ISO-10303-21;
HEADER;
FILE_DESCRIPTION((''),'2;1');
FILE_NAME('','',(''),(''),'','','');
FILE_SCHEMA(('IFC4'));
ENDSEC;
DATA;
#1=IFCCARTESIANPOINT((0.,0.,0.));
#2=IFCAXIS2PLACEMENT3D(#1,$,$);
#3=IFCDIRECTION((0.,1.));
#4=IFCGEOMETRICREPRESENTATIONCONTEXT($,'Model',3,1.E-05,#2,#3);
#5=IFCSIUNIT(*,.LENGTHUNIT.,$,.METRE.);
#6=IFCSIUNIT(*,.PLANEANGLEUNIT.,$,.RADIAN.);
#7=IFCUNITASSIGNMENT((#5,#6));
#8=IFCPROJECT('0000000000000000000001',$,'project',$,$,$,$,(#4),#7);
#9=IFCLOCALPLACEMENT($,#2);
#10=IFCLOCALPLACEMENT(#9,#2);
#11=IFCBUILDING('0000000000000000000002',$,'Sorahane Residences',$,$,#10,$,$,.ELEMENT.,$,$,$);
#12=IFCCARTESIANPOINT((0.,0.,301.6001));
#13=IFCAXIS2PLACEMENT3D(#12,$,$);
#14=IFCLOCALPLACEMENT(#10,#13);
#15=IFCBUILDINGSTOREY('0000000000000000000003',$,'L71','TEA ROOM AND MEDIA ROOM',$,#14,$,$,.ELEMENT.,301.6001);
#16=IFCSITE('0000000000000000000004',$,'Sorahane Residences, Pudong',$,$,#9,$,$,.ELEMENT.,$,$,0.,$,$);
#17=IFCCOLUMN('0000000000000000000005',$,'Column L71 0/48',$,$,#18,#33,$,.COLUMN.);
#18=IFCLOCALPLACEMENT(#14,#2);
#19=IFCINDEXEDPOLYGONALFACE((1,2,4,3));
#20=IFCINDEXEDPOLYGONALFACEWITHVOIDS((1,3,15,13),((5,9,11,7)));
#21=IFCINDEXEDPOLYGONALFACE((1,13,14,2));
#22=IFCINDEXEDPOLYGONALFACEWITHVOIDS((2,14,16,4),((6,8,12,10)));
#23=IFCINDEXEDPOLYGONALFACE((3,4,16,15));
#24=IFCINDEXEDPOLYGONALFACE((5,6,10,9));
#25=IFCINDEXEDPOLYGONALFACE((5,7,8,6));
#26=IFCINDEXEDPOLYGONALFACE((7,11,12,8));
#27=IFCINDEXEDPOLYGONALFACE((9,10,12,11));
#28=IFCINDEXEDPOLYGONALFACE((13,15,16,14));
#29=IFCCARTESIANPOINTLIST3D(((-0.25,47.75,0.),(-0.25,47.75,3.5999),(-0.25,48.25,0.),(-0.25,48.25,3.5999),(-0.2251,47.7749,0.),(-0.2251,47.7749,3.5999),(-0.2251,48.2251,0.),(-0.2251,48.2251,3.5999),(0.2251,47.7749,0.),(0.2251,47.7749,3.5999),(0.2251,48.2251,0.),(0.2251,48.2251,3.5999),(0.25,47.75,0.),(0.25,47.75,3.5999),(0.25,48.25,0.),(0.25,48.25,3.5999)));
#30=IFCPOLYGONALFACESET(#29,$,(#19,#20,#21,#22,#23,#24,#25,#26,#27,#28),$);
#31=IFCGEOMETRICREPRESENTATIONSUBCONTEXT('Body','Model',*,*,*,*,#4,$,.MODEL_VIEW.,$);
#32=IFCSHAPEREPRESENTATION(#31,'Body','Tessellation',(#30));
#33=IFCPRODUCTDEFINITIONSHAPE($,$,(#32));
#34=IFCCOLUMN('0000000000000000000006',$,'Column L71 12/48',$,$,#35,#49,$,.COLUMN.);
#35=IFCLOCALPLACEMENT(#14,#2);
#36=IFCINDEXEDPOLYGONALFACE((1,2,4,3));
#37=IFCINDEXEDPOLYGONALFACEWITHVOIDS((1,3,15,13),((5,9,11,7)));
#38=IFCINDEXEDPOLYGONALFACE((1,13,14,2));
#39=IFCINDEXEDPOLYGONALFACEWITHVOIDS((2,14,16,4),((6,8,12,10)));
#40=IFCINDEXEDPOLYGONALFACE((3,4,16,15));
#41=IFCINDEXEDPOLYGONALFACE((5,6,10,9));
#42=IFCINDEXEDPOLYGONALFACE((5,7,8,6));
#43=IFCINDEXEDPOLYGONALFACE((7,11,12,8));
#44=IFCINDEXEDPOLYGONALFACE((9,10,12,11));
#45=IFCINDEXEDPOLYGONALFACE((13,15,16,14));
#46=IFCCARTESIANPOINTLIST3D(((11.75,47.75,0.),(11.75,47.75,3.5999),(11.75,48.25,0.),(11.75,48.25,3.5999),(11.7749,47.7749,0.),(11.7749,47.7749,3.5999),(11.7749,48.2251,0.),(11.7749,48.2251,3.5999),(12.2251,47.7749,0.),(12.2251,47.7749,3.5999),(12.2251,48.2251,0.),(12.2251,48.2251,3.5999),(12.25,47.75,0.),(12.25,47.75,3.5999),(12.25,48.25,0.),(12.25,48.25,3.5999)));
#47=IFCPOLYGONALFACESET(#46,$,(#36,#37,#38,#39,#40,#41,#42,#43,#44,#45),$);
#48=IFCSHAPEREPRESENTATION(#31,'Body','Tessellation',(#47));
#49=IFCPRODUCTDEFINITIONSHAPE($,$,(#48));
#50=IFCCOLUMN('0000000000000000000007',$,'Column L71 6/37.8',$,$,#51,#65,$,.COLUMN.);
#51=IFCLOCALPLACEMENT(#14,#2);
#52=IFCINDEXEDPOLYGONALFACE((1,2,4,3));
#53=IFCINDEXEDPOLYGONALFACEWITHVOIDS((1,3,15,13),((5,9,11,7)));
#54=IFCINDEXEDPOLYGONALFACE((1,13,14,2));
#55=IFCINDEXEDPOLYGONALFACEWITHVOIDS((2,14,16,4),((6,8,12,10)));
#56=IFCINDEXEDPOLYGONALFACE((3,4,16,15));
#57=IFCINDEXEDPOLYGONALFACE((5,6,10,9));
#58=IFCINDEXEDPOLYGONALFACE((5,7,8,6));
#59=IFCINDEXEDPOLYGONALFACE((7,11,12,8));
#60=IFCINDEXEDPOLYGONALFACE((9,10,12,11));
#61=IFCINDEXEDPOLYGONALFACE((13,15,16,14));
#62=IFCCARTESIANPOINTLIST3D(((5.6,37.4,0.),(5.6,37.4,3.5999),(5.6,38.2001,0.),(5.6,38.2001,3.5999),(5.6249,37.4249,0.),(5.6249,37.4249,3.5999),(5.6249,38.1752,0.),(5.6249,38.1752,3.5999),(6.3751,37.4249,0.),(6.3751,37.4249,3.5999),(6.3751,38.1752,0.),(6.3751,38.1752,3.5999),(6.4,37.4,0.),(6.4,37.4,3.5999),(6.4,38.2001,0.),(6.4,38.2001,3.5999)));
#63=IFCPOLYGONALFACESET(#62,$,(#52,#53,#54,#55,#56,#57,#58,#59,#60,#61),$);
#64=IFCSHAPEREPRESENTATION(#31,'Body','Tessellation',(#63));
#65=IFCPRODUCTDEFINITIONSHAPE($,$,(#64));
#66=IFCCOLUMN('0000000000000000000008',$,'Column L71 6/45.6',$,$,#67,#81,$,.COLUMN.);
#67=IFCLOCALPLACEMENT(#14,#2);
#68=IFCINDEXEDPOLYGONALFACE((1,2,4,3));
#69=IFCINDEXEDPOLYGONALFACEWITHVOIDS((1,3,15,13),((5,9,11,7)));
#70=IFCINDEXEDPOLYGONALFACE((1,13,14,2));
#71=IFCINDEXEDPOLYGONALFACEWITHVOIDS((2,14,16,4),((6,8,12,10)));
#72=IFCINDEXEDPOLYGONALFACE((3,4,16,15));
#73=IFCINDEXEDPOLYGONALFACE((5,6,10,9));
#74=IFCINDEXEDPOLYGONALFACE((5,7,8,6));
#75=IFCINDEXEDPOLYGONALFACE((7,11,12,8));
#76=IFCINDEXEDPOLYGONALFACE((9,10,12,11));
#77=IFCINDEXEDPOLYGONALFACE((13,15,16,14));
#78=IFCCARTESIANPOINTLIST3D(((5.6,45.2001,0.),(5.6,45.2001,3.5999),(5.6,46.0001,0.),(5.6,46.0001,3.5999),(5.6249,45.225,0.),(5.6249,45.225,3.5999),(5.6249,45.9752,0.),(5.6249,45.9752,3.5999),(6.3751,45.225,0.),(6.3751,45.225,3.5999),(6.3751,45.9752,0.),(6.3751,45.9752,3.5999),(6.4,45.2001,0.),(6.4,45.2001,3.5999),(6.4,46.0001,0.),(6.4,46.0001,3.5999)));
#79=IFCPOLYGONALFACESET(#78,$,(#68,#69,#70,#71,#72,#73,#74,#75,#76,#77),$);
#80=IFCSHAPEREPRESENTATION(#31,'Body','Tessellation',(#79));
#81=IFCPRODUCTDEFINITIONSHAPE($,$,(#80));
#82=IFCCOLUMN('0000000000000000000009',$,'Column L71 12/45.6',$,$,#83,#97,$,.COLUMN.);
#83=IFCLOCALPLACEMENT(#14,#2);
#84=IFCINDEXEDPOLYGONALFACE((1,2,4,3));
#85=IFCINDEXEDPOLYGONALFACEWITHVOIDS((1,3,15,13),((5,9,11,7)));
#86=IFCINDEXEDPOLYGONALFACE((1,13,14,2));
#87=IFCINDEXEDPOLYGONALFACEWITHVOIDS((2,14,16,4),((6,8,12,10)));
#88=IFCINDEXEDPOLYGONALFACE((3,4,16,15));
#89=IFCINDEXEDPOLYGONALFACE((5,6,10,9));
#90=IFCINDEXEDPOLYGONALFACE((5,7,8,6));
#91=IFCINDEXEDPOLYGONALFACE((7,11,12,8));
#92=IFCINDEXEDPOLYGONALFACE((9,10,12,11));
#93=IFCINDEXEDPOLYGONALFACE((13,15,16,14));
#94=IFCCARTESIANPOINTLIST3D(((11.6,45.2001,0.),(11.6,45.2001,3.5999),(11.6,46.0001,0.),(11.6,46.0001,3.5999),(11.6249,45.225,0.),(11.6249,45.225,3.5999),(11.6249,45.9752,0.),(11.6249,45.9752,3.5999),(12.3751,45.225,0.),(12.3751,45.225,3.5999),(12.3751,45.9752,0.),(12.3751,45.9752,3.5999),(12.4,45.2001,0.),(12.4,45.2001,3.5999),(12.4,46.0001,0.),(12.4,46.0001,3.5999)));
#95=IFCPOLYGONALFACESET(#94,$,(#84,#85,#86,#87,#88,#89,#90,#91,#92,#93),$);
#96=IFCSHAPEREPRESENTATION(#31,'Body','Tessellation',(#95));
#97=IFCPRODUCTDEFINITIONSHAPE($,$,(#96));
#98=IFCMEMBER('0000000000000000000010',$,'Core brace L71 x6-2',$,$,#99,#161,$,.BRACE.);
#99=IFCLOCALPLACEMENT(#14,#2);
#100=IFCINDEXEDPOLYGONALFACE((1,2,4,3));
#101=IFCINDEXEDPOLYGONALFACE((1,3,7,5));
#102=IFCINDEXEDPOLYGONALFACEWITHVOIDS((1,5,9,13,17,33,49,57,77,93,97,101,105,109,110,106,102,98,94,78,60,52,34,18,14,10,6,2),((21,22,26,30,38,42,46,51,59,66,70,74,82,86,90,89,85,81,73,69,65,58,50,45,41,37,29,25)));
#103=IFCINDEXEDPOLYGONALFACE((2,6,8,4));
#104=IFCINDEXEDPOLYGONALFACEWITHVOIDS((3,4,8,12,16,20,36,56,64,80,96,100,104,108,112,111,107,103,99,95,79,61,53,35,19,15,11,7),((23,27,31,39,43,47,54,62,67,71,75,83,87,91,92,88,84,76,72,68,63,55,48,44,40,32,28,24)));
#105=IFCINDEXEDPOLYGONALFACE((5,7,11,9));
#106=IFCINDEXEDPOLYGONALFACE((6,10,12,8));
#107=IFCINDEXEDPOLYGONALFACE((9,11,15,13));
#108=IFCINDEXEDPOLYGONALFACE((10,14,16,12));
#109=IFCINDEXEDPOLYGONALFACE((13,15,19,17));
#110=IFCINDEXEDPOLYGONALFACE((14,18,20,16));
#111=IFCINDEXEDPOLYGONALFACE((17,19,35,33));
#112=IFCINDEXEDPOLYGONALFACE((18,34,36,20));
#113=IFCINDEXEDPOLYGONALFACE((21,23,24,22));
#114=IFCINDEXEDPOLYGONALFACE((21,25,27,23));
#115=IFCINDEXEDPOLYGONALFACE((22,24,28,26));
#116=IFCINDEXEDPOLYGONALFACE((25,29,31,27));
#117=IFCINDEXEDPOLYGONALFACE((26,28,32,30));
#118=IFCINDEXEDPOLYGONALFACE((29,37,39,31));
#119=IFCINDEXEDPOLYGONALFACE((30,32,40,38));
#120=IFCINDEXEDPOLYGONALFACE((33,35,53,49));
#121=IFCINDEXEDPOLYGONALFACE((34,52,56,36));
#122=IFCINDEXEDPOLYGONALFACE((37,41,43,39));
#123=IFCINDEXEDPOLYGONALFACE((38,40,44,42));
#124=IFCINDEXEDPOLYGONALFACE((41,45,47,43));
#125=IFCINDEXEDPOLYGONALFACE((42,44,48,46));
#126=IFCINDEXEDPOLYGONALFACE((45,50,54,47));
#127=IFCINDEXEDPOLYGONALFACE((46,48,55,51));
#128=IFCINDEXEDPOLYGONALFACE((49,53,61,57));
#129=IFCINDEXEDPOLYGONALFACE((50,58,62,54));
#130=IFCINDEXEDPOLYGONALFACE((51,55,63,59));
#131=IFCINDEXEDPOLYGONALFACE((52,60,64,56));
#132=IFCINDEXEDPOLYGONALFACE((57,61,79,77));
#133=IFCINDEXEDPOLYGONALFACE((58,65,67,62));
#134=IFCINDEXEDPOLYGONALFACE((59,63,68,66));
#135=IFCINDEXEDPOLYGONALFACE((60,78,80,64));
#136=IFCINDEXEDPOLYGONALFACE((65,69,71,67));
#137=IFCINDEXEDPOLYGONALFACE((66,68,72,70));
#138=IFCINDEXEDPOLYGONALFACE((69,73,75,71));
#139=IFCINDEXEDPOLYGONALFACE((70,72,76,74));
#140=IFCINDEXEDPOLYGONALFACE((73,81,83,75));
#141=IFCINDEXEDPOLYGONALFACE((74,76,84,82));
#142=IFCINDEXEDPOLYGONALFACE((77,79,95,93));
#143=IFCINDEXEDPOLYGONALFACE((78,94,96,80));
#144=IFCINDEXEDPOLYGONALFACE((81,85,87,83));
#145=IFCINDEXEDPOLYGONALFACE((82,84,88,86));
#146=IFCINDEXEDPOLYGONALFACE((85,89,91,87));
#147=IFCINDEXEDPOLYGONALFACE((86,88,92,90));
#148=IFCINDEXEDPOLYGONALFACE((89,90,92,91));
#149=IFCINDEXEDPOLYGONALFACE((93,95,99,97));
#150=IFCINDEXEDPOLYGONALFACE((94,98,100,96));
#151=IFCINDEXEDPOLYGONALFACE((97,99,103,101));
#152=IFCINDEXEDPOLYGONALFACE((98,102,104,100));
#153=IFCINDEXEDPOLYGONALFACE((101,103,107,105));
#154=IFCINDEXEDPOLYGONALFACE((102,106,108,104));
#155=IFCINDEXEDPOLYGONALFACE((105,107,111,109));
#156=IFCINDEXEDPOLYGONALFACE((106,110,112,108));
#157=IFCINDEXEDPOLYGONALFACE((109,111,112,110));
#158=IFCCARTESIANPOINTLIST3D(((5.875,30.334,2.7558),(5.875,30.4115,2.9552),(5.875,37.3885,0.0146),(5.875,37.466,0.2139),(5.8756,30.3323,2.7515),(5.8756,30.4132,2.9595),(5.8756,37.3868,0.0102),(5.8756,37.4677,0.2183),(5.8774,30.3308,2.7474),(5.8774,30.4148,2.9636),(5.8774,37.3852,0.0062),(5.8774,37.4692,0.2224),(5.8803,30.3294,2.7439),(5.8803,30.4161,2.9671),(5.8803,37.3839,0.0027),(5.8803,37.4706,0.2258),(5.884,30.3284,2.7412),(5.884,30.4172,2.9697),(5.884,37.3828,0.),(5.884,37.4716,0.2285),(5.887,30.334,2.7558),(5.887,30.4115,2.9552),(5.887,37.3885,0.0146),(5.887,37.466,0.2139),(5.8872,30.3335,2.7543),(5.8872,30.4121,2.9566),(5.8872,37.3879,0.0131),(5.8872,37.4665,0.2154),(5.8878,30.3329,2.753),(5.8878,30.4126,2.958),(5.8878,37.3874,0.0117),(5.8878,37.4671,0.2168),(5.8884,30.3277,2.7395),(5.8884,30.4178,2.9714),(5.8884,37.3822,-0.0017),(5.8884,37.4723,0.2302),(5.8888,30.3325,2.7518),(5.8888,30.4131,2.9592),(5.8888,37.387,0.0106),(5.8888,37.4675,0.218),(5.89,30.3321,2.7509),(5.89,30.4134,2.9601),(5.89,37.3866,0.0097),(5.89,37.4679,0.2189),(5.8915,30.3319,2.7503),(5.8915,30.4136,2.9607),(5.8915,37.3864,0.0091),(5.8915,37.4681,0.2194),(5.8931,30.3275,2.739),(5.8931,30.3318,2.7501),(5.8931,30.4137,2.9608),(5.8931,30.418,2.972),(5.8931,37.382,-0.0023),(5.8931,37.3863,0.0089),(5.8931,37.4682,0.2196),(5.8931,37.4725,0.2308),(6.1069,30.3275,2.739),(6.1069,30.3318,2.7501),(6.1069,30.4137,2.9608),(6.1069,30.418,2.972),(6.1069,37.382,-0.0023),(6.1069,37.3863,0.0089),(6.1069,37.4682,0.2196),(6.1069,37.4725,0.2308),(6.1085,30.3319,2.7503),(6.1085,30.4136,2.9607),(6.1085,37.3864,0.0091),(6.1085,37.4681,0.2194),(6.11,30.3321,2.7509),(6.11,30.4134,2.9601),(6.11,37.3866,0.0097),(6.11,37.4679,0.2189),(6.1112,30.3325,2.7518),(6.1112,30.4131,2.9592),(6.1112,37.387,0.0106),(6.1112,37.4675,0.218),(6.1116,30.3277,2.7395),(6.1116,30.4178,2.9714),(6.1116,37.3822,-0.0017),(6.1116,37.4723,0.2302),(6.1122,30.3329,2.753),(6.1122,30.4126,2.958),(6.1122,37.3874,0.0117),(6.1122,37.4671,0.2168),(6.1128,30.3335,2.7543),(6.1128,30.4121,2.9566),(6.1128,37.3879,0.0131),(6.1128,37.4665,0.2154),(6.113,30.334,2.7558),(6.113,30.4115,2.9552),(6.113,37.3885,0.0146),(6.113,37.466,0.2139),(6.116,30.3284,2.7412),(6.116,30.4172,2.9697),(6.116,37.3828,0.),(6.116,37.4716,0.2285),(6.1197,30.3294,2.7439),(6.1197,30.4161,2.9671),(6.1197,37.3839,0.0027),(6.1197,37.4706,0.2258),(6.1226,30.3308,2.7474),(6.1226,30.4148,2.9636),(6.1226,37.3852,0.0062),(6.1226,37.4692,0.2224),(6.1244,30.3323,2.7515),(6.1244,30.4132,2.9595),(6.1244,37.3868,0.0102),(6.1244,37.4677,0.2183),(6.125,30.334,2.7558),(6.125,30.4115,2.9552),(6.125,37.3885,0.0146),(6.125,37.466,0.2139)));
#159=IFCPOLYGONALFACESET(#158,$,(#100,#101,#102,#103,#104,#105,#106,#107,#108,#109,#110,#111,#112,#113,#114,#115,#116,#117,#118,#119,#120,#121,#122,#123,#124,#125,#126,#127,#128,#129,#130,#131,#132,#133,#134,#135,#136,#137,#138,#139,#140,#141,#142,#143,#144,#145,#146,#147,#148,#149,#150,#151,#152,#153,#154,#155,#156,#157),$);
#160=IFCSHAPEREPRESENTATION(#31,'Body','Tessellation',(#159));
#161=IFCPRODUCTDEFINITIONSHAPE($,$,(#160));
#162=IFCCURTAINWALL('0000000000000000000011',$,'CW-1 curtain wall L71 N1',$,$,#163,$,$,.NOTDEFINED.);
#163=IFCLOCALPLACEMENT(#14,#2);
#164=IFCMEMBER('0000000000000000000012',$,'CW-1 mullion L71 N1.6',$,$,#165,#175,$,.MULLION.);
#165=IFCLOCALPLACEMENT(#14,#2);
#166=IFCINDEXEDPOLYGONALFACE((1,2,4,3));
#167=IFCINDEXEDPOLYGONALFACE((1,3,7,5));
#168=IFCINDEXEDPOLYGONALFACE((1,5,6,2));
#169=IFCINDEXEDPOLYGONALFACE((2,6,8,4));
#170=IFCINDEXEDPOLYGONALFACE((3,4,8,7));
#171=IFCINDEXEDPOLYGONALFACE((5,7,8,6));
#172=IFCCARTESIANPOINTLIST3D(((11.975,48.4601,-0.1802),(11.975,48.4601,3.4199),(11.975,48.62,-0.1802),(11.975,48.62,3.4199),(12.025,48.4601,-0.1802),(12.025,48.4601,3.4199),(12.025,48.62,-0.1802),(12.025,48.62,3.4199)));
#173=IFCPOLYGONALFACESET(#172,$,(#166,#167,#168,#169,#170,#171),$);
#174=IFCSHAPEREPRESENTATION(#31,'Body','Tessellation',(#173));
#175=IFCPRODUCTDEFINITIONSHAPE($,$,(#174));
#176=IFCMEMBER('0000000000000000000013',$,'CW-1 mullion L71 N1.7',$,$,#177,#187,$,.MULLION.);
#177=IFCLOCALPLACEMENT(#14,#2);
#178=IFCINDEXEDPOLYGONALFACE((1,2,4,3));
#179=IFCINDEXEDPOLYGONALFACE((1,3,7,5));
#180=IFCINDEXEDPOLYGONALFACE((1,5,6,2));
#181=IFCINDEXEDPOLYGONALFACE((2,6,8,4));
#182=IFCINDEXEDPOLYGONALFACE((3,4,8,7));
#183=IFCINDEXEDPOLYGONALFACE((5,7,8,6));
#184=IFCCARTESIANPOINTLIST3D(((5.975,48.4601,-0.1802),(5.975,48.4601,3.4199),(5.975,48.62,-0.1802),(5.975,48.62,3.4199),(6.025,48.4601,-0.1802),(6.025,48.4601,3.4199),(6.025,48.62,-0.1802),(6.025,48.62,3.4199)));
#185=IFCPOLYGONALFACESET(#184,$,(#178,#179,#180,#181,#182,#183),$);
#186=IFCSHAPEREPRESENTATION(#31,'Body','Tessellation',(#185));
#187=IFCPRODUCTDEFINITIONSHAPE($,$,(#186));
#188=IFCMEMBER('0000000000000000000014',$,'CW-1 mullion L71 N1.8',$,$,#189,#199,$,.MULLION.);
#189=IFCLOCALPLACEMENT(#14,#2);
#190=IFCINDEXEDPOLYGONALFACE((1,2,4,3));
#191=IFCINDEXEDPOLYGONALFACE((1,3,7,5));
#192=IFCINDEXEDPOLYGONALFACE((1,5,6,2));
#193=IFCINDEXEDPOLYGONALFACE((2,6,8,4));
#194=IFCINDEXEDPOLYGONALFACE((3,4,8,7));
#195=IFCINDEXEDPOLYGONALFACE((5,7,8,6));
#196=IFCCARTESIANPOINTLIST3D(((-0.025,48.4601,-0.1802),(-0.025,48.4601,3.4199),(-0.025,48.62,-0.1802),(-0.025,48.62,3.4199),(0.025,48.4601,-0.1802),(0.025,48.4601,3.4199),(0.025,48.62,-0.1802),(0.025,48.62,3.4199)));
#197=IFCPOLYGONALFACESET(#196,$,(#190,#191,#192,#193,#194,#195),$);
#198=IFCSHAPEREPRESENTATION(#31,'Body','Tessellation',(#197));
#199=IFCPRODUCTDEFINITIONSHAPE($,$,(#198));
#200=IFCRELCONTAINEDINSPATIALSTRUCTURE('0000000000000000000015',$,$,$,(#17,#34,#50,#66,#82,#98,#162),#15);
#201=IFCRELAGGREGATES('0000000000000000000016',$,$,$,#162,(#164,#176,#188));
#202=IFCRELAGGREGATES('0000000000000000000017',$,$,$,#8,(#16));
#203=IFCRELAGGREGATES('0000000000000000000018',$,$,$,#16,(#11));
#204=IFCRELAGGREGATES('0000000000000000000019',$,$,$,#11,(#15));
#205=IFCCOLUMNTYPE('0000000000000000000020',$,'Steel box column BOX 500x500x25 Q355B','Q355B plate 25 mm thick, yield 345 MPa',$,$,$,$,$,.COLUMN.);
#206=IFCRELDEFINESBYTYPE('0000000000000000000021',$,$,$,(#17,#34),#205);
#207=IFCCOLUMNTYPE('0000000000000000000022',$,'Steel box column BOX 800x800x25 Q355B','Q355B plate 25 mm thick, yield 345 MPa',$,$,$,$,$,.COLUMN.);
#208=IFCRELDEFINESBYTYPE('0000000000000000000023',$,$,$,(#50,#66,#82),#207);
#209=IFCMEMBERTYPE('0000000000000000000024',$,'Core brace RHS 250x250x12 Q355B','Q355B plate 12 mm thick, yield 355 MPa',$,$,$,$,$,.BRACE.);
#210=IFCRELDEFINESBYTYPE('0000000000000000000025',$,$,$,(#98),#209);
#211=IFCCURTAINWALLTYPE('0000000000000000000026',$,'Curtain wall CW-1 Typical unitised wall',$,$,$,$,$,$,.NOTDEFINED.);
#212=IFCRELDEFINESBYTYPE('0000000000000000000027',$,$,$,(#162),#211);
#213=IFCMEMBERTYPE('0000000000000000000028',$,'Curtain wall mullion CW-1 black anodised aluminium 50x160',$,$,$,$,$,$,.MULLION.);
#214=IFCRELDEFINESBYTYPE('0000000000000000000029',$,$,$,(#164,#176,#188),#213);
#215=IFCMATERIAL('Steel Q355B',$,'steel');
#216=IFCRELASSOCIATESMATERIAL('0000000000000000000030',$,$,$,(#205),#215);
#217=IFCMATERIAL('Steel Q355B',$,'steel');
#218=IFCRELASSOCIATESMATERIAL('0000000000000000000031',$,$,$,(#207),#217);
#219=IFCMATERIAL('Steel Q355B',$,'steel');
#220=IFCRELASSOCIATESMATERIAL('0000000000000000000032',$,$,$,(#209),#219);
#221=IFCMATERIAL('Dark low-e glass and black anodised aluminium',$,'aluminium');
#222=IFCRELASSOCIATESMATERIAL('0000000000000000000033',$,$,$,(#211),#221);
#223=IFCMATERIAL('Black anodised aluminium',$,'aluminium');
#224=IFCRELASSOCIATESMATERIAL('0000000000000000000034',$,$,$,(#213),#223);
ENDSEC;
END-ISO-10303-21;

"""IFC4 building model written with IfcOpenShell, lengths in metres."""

from ifc_helpers import new_model, si_unit, direction, frame, origin, origin_2d, place, context, subcontext, project, spatial, rectangle, hollow_rectangle, extrude, material, material_profile, profile_set, type_object, element, aggregate, save


model = new_model("IFC4")

# Units and contexts
model_context = context("Model", 3, precision=1e-05, world=origin(), true_north=direction((0.0, 1.0)))
body_context = subcontext(model_context, "Body", "Model", "MODEL_VIEW")
ifc_project = project(units=[si_unit("LENGTHUNIT", "METRE"), si_unit("PLANEANGLEUNIT", "RADIAN")], contexts=[model_context])

# Site, building, storey
site_placement = place(None, origin())
site = spatial("IfcSite", under=ifc_project, at=site_placement, Name="Sorahane Residences, Pudong", CompositionType="ELEMENT", RefElevation=0.0)
building_placement = place(site_placement, origin())
building = spatial("IfcBuilding", under=site, at=building_placement, Name="Sorahane Residences", CompositionType="ELEMENT")
storey_placement = place(building_placement, frame((0.0, 0.0, 301.6001)))
storey = spatial("IfcBuildingStorey", under=building, at=storey_placement, Name="L71", Description="TEA ROOM AND MEDIA ROOM", CompositionType="ELEMENT", Elevation=301.6001)

# Columns
ifc_material_1 = material(Name="Steel Q355B", Category="steel")
ifc_material_profile_1 = material_profile(ifc_material_1, hollow_rectangle(XDim=0.5, YDim=0.5, WallThickness=0.0249, at=origin_2d()), Name="BOX 500x500x25")
ifc_profile_set_1 = profile_set([ifc_material_profile_1], Name="Steel Q355B")
column_type_1 = type_object("IfcColumnType", Name="Steel box column BOX 500x500x25 Q355B", Description="Q355B plate 25 mm thick, yield 345 MPa", PredefinedType="COLUMN", material=ifc_profile_set_1)
for number, where, z_axis, x_axis, name in (
    (1, (0.0, 48.0, 0.0), (0.0, 0.0, 1.0), (1.0, 0.0, 0.0), "Column L71 0/48"),
    (2, (12.0, 48.0, 0.0), (0.0, 0.0, 1.0), (1.0, 0.0, 0.0), "Column L71 12/48"),
):
    element("IfcColumn", number, at=place(storey_placement, frame(where, z_axis=z_axis, x_axis=x_axis)), inside=storey, type_object=column_type_1, Name=name, PredefinedType="COLUMN", context=body_context, shape_type="SweptSolid", body=[
        extrude(hollow_rectangle(XDim=0.5, YDim=0.5, WallThickness=0.0249, at=origin_2d()), origin(), (0.0, 0.0, 1.0), 3.5999),
    ])
ifc_material_2 = material(Name="Steel Q355B", Category="steel")
ifc_material_profile_2 = material_profile(ifc_material_2, hollow_rectangle(XDim=0.8, YDim=0.8, WallThickness=0.0249, at=origin_2d()), Name="BOX 800x800x25")
ifc_profile_set_2 = profile_set([ifc_material_profile_2], Name="Steel Q355B")
column_type_2 = type_object("IfcColumnType", Name="Steel box column BOX 800x800x25 Q355B", Description="Q355B plate 25 mm thick, yield 345 MPa", PredefinedType="COLUMN", material=ifc_profile_set_2)
for number, where, z_axis, x_axis, name in (
    (3, (6.0, 37.8, 0.0), (0.0, 0.0, 1.0), (1.0, 0.0, 0.0), "Column L71 6/37.8"),
    (4, (6.0, 45.6001, 0.0), (0.0, 0.0, 1.0), (1.0, 0.0, 0.0), "Column L71 6/45.6"),
    (5, (12.0, 45.6001, 0.0), (0.0, 0.0, 1.0), (1.0, 0.0, 0.0), "Column L71 12/45.6"),
):
    element("IfcColumn", number, at=place(storey_placement, frame(where, z_axis=z_axis, x_axis=x_axis)), inside=storey, type_object=column_type_2, Name=name, PredefinedType="COLUMN", context=body_context, shape_type="SweptSolid", body=[
        extrude(hollow_rectangle(XDim=0.8, YDim=0.8, WallThickness=0.0249, at=origin_2d()), origin(), (0.0, 0.0, 1.0), 3.5999),
    ])

# Member
ifc_material_3 = material(Name="Steel Q355B", Category="steel")
ifc_material_profile_3 = material_profile(ifc_material_3, hollow_rectangle(XDim=0.25, YDim=0.25, WallThickness=0.012, InnerFilletRadius=0.0061, OuterFilletRadius=0.0181, at=origin_2d()), Name="RHS 250x250x12")
ifc_profile_set_3 = profile_set([ifc_material_profile_3], Name="Steel Q355B")
member_type_1 = type_object("IfcMemberType", Name="Core brace RHS 250x250x12 Q355B", Description="Q355B plate 12 mm thick, yield 355 MPa", PredefinedType="BRACE", material=ifc_profile_set_3)
member_1_placement = place(storey_placement, frame((6.0, 37.4272, 0.1143), z_axis=(0.0, -0.932102, 0.362196), x_axis=(1.0, 0.0, 0.0)))
element("IfcMember", 6, at=member_1_placement, inside=storey, type_object=member_type_1, Name="Core brace L71 x6-2", PredefinedType="BRACE", context=body_context, shape_type="SweptSolid", body=[
    extrude(hollow_rectangle(XDim=0.25, YDim=0.25, WallThickness=0.012, InnerFilletRadius=0.0061, OuterFilletRadius=0.0181, at=origin_2d()), origin(), (0.0, 0.0, 1.0), 7.5684),
])

# Curtain wall, members
ifc_material_4 = material(Name="Dark low-e glass and black anodised aluminium", Category="aluminium")
curtain_wall_type = type_object("IfcCurtainWallType", Name="Curtain wall CW-1 Typical unitised wall", PredefinedType="NOTDEFINED", material=ifc_material_4)
curtain_wall_placement = place(storey_placement, origin())
curtain_wall = element("IfcCurtainWall", 7, at=curtain_wall_placement, inside=storey, type_object=curtain_wall_type, Name="CW-1 curtain wall L71 N1", PredefinedType="NOTDEFINED")
ifc_material_5 = material(Name="Black anodised aluminium", Category="aluminium")
ifc_material_profile_4 = material_profile(ifc_material_5, rectangle(XDim=0.1599, YDim=0.05, at=origin_2d()), Name="Curtain wall mullion CW-1 black anodised aluminium 50x160")
ifc_profile_set_4 = profile_set([ifc_material_profile_4], Name="Black anodised aluminium")
member_type_2 = type_object("IfcMemberType", Name="Curtain wall mullion CW-1 black anodised aluminium 50x160", PredefinedType="MULLION", material=ifc_profile_set_4)
member_2_placement = place(storey_placement, frame((12.0, 48.54, -0.1802), z_axis=(0.0, 0.0, 1.0), x_axis=(0.0, 1.0, 0.0)))
member_2 = element("IfcMember", 8, at=member_2_placement, type_object=member_type_2, Name="CW-1 mullion L71 N1.6", PredefinedType="MULLION", context=body_context, shape_type="SweptSolid", body=[
    extrude(rectangle(XDim=0.1599, YDim=0.05, at=origin_2d()), origin(), (0.0, 0.0, 1.0), 3.6001),
])
member_3_placement = place(storey_placement, frame((6.0, 48.54, -0.1802), z_axis=(0.0, 0.0, 1.0), x_axis=(0.0, 1.0, 0.0)))
member_3 = element("IfcMember", 9, at=member_3_placement, type_object=member_type_2, Name="CW-1 mullion L71 N1.7", PredefinedType="MULLION", context=body_context, shape_type="SweptSolid", body=[
    extrude(rectangle(XDim=0.1599, YDim=0.05, at=origin_2d()), origin(), (0.0, 0.0, 1.0), 3.6001),
])
member_4_placement = place(storey_placement, frame((0.0, 48.54, -0.1802), z_axis=(0.0, 0.0, 1.0), x_axis=(0.0, 1.0, 0.0)))
member_4 = element("IfcMember", 10, at=member_4_placement, type_object=member_type_2, Name="CW-1 mullion L71 N1.8", PredefinedType="MULLION", context=body_context, shape_type="SweptSolid", body=[
    extrude(rectangle(XDim=0.1599, YDim=0.05, at=origin_2d()), origin(), (0.0, 0.0, 1.0), 3.6001),
])

aggregate(curtain_wall, [member_2, member_3, member_4])

save(model, "model.ifc")
